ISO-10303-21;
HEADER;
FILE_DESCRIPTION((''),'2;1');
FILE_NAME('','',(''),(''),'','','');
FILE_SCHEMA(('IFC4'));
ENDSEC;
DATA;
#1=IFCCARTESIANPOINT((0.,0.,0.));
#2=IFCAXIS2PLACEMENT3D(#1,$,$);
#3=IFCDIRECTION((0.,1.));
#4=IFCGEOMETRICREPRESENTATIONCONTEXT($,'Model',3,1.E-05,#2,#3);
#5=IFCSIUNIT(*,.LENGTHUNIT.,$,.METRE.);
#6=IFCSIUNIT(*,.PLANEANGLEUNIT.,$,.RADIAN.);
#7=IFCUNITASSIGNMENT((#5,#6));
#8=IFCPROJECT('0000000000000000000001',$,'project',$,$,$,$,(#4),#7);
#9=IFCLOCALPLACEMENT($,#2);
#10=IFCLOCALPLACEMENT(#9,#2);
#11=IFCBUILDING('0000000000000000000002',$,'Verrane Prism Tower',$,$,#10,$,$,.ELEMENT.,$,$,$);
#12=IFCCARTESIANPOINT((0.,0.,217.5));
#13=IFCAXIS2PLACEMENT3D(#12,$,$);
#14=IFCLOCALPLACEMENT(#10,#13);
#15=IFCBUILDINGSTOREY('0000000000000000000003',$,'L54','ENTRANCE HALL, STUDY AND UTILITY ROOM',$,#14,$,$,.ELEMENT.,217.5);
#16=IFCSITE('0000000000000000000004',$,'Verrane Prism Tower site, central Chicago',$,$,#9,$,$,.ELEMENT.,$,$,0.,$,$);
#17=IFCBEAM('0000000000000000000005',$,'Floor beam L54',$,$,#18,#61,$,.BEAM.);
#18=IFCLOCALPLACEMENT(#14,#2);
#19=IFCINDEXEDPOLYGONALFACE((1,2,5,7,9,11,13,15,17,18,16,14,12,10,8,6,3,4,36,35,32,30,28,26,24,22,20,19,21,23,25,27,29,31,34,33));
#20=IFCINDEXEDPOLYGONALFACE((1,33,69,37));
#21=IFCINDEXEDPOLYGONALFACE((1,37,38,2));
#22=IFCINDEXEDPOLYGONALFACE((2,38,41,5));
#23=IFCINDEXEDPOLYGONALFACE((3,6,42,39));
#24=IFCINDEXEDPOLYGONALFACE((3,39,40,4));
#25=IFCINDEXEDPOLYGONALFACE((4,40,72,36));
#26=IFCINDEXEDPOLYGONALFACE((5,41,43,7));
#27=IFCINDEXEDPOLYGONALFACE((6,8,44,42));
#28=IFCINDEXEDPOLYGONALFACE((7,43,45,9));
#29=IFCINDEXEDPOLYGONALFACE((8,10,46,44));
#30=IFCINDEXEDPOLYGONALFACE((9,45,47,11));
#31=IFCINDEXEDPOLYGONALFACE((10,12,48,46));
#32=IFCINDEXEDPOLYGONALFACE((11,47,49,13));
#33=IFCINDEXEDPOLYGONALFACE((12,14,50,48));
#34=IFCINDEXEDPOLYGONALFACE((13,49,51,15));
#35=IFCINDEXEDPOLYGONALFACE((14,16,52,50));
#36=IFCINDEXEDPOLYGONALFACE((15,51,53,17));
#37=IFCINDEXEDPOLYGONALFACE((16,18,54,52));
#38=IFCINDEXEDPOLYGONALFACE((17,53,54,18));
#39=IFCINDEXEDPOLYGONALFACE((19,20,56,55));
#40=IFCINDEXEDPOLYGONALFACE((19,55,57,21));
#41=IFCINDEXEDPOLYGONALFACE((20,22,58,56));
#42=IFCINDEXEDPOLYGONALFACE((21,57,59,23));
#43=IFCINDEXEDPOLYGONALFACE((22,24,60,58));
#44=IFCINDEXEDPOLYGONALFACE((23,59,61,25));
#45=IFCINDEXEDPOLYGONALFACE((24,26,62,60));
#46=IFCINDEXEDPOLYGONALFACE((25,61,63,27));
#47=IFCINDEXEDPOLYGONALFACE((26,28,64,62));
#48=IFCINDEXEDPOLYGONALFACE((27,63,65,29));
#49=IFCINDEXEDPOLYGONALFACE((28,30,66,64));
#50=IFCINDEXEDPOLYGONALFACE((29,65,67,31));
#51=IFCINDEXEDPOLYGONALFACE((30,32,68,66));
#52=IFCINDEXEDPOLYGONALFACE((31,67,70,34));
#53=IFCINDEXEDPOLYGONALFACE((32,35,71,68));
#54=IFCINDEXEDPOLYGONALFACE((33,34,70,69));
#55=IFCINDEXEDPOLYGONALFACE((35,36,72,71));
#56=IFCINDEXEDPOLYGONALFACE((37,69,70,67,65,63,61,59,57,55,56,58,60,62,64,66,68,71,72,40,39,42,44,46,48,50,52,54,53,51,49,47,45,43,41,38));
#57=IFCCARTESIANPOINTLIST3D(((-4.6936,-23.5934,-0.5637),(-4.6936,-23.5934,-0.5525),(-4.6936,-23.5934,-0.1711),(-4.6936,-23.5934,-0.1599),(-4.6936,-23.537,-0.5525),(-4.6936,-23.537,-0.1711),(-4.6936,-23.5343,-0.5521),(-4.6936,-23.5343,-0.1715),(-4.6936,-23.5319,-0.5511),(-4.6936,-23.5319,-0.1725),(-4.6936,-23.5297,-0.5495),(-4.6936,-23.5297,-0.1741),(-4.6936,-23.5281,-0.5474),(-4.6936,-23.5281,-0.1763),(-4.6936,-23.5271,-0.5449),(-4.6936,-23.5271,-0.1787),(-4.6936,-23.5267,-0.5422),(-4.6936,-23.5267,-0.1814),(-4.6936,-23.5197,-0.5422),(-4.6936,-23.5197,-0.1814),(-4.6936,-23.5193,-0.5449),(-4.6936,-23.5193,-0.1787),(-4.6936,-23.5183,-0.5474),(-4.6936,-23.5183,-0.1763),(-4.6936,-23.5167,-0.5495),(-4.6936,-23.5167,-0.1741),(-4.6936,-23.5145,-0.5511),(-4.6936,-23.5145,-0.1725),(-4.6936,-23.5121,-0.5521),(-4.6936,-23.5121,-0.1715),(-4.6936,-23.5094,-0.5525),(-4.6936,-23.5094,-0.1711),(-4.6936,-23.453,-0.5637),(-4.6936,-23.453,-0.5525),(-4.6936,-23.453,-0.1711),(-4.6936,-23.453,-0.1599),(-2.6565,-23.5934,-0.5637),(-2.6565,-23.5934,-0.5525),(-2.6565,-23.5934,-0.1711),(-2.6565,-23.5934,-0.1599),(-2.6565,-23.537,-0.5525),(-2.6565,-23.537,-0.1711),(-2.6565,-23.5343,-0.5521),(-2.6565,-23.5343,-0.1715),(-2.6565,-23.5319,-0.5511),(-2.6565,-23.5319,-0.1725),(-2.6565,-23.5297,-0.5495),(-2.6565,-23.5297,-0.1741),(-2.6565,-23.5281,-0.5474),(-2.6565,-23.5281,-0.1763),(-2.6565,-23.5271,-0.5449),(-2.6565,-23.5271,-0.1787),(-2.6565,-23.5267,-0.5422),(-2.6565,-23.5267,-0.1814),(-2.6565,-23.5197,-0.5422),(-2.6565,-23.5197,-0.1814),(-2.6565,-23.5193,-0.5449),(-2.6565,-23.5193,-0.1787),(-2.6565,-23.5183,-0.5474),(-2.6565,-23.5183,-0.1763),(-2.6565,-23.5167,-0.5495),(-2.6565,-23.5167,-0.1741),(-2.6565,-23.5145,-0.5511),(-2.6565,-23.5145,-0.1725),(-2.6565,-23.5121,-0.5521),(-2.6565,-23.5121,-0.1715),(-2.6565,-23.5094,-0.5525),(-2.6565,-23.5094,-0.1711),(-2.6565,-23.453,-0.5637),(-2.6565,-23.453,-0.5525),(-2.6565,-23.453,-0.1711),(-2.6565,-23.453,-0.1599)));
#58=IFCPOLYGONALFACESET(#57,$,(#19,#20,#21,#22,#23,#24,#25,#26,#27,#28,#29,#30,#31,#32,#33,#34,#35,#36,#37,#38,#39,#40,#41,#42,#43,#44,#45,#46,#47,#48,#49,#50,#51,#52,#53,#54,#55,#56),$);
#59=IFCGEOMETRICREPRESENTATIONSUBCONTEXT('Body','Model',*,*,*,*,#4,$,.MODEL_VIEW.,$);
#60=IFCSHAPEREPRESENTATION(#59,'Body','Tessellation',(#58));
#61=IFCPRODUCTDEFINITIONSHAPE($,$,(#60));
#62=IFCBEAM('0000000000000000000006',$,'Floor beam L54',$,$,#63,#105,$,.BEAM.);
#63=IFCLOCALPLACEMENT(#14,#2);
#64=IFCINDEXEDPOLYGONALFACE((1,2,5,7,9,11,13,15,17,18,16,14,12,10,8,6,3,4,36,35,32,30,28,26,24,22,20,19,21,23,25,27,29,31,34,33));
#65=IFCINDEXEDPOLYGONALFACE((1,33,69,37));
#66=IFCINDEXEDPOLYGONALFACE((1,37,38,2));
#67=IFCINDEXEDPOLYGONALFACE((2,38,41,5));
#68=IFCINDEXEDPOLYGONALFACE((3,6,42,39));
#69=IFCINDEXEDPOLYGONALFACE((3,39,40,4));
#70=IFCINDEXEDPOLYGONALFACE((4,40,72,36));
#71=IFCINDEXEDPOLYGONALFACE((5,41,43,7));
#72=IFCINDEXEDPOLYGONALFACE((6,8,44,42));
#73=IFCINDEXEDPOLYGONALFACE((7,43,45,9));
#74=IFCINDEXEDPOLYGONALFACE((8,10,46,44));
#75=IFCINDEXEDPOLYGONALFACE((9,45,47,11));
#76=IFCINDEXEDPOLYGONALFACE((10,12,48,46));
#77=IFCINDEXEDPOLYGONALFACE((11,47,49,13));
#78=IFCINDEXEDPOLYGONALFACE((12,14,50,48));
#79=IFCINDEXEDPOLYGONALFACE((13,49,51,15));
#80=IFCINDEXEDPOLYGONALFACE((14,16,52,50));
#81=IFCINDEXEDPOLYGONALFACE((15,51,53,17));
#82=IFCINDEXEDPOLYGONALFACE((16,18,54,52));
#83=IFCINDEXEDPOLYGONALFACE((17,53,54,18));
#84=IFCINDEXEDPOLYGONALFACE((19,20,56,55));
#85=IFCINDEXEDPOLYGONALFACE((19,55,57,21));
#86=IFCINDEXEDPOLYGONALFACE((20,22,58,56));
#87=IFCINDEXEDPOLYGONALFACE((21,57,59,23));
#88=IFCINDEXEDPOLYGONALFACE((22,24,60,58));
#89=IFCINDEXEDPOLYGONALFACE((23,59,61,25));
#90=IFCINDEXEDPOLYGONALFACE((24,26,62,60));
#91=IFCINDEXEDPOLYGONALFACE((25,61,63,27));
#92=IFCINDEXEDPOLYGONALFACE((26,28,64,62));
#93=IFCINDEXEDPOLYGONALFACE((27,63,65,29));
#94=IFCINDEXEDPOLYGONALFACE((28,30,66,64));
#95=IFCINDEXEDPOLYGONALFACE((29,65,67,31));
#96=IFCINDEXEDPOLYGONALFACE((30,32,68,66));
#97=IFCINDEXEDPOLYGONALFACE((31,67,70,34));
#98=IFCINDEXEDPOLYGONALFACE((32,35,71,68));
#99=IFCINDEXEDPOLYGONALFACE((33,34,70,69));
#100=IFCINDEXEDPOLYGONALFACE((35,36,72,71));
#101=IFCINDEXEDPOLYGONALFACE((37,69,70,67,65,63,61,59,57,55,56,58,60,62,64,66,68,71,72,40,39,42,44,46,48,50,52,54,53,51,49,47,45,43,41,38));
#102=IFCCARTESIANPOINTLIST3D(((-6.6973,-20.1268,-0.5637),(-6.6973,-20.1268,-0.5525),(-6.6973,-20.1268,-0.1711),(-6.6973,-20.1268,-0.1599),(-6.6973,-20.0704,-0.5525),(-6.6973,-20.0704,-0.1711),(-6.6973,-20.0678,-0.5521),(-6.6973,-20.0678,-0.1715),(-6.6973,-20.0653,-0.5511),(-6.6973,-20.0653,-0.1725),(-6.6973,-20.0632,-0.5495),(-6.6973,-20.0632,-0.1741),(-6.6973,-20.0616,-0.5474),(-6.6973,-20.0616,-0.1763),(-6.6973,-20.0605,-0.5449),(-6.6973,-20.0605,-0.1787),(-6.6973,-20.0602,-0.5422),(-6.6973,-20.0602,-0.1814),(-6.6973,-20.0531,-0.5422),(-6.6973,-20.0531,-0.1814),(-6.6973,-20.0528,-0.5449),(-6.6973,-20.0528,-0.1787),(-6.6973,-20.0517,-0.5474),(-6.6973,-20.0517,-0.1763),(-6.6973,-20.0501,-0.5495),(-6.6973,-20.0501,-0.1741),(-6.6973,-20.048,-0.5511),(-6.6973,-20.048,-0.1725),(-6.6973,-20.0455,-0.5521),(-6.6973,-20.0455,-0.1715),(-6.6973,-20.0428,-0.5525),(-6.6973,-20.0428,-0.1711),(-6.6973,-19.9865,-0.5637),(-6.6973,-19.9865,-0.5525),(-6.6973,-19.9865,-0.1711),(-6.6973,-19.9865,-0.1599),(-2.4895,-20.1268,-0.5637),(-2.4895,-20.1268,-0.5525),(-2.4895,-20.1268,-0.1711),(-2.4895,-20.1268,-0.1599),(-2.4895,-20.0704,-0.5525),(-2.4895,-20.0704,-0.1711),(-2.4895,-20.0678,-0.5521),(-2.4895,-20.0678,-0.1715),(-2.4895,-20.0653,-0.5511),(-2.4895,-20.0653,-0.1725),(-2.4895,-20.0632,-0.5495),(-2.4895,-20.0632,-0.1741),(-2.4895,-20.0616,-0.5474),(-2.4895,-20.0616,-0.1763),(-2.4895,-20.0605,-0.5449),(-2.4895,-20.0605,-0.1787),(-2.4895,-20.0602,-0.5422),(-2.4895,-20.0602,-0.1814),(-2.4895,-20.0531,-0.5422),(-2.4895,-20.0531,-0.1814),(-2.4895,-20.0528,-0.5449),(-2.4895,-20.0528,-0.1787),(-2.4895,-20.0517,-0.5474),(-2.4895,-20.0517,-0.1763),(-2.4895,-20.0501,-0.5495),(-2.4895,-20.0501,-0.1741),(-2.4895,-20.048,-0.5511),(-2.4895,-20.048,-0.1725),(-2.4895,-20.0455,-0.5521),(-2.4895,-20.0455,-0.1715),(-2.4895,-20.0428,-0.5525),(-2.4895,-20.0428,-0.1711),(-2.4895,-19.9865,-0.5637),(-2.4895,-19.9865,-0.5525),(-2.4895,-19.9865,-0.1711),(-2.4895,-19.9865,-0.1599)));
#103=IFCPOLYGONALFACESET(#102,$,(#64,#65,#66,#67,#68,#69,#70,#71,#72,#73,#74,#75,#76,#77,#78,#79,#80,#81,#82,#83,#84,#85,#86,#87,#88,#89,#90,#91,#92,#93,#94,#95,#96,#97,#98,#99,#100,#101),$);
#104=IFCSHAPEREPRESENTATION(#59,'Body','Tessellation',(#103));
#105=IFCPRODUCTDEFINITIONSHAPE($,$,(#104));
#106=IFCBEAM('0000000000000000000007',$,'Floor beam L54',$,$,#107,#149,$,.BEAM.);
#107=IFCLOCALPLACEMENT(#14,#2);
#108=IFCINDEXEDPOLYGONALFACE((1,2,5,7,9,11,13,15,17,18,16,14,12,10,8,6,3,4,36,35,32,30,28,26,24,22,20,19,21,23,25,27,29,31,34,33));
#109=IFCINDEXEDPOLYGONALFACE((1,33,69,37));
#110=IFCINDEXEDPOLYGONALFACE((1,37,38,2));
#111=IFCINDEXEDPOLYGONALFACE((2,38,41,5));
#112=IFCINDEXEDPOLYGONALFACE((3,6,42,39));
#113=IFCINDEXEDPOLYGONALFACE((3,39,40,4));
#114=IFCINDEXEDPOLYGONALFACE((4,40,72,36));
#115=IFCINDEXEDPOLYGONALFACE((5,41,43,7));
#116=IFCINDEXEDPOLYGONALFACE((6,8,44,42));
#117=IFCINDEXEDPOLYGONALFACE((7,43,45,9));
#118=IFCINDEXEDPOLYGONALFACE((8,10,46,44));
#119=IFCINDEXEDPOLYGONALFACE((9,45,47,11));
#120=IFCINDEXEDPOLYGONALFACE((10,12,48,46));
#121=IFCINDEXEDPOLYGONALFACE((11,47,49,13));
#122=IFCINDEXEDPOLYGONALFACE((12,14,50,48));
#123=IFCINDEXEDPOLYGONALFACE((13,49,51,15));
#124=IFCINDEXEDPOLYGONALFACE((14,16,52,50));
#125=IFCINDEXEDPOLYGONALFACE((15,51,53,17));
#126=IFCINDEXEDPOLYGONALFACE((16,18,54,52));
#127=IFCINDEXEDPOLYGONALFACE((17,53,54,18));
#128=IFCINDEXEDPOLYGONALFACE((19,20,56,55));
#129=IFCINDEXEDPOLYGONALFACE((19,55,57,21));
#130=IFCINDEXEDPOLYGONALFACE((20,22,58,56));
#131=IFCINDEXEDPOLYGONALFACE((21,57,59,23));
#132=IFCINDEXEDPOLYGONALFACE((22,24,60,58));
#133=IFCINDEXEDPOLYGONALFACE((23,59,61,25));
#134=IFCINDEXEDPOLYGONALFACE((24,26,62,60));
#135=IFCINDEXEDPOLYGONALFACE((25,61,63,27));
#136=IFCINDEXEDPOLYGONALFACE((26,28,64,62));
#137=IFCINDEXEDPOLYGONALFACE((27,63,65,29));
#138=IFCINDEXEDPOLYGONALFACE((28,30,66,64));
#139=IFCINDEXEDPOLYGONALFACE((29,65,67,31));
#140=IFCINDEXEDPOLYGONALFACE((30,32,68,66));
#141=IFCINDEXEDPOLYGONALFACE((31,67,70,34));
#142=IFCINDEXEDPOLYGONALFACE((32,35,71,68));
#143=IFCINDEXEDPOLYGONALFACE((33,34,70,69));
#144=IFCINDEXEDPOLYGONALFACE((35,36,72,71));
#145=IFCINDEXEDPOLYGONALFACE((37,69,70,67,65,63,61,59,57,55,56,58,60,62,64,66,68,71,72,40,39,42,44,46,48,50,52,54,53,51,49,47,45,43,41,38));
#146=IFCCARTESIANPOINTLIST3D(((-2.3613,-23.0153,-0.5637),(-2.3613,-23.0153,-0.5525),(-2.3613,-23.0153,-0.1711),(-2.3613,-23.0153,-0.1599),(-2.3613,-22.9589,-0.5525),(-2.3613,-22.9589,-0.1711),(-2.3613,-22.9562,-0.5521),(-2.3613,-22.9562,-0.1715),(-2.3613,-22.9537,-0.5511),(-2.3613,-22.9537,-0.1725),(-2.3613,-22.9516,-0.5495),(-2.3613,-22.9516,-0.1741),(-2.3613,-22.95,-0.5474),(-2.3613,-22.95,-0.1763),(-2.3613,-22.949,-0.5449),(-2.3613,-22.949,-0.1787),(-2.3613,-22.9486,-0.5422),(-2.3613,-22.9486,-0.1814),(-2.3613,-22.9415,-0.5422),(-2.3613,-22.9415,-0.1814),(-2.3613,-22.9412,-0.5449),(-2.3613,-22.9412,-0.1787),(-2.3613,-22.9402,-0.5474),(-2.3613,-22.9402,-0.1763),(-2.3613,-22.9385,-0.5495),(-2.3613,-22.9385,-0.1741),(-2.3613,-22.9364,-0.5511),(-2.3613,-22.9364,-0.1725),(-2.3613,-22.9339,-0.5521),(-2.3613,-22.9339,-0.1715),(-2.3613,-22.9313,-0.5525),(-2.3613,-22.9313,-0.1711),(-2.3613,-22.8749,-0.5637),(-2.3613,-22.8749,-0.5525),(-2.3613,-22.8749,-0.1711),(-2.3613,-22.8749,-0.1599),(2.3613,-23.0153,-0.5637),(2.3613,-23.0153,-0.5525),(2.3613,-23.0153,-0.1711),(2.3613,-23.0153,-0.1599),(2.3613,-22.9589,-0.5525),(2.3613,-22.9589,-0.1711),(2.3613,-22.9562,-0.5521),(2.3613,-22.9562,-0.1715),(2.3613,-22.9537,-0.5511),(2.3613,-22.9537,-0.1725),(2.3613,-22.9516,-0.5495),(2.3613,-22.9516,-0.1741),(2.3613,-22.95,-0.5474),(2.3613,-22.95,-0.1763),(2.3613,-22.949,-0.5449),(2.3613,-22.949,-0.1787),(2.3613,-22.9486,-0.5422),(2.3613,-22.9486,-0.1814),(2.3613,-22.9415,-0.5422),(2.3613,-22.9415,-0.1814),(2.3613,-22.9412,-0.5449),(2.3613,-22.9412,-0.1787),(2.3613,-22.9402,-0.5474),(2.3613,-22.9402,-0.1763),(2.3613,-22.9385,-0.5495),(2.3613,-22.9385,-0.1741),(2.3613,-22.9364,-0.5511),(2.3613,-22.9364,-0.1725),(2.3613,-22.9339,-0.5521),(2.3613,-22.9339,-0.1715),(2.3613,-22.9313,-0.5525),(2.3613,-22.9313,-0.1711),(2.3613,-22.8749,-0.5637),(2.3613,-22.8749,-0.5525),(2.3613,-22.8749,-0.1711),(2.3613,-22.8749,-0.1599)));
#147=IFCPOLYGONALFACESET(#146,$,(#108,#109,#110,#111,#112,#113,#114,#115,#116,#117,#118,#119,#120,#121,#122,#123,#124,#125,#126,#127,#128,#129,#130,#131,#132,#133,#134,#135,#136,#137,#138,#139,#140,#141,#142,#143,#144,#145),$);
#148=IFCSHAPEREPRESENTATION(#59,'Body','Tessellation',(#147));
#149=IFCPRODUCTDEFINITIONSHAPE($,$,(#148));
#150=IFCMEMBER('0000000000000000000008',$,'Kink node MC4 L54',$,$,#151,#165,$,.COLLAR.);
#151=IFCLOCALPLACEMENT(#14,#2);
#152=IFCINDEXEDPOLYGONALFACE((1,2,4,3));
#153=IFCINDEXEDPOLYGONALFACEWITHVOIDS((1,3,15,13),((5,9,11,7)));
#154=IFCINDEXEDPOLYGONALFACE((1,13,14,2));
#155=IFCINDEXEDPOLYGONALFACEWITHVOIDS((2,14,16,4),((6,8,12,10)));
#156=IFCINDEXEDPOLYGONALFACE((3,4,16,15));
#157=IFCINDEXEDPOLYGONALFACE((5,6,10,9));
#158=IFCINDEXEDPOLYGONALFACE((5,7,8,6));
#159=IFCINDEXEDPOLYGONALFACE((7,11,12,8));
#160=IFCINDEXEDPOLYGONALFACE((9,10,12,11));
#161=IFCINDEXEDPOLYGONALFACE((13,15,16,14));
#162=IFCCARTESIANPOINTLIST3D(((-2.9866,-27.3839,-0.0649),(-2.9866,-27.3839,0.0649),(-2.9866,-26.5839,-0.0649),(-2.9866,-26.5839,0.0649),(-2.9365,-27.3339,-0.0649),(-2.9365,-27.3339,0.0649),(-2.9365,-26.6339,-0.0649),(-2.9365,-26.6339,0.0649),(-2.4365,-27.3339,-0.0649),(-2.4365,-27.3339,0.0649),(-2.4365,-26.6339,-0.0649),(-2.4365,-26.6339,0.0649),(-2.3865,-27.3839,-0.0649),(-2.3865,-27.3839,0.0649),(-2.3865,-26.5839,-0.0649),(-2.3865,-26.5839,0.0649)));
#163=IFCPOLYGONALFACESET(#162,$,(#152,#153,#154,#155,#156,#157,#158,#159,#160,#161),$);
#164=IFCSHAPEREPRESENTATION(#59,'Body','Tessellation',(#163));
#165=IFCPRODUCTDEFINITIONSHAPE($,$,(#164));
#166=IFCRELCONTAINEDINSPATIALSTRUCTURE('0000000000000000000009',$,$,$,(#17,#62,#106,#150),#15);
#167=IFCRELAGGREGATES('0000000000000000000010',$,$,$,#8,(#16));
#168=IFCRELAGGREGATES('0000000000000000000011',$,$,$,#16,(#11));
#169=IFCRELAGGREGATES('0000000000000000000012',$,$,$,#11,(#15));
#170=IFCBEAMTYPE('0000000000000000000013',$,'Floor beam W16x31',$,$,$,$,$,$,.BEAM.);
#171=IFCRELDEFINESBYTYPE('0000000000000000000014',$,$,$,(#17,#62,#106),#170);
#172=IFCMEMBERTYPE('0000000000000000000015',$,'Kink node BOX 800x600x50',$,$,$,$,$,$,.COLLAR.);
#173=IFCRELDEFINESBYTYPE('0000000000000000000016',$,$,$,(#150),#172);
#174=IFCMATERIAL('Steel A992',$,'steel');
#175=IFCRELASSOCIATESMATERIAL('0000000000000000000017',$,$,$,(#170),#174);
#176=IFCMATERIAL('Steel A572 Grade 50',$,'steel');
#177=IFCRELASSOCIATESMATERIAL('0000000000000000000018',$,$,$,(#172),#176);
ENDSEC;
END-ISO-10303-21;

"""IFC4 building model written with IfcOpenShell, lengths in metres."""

from ifc_helpers import new_model, si_unit, direction, frame, origin, origin_2d, place, context, subcontext, project, spatial, hollow_rectangle, i_section, extrude, material, material_profile, profile_set, type_object, element, save


model = new_model("IFC4")

# Units and contexts
model_context = context("Model", 3, precision=1e-05, world=origin(), true_north=direction((0.0, 1.0)))
body_context = subcontext(model_context, "Body", "Model", "MODEL_VIEW")
ifc_project = project(units=[si_unit("LENGTHUNIT", "METRE"), si_unit("PLANEANGLEUNIT", "RADIAN")], contexts=[model_context])

# Site, building, storey
site_placement = place(None, origin())
site = spatial("IfcSite", under=ifc_project, at=site_placement, Name="Verrane Prism Tower site, central Chicago", CompositionType="ELEMENT", RefElevation=0.0)
building_placement = place(site_placement, origin())
building = spatial("IfcBuilding", under=site, at=building_placement, Name="Verrane Prism Tower", CompositionType="ELEMENT")
storey_placement = place(building_placement, frame((0.0, 0.0, 217.5)))
storey = spatial("IfcBuildingStorey", under=building, at=storey_placement, Name="L54", Description="ENTRANCE HALL, STUDY AND UTILITY ROOM", CompositionType="ELEMENT", Elevation=217.5)

# Beams
ifc_material_1 = material(Name="Steel A992", Category="steel")
ifc_material_profile_1 = material_profile(ifc_material_1, i_section(OverallWidth=0.1404, OverallDepth=0.4038, WebThickness=0.0071, FlangeThickness=0.0112, FilletRadius=0.0103, at=origin_2d()), Name="W16x31")
ifc_profile_set_1 = profile_set([ifc_material_profile_1], Name="Steel A992")
beam_type_1 = type_object("IfcBeamType", Name="Floor beam W16x31", PredefinedType="BEAM", material=ifc_profile_set_1)
beam_1_placement = place(storey_placement, frame((-4.6936, -23.5232, -0.3618), z_axis=(1.0, 0.0, 0.0), x_axis=(0.0, 1.0, 0.0)))
element("IfcBeam", 1, at=beam_1_placement, inside=storey, type_object=beam_type_1, Name="Floor beam L54", PredefinedType="BEAM", context=body_context, shape_type="SweptSolid", body=[
    extrude(i_section(OverallWidth=0.1404, OverallDepth=0.4038, WebThickness=0.0071, FlangeThickness=0.0112, FilletRadius=0.0103, at=origin_2d()), origin(), (0.0, 0.0, 1.0), 2.0371),
])
beam_2_placement = place(storey_placement, frame((-6.6973, -20.0566, -0.3618), z_axis=(1.0, 0.0, 0.0), x_axis=(0.0, 1.0, 0.0)))
element("IfcBeam", 2, at=beam_2_placement, inside=storey, type_object=beam_type_1, Name="Floor beam L54", PredefinedType="BEAM", context=body_context, shape_type="SweptSolid", body=[
    extrude(i_section(OverallWidth=0.1404, OverallDepth=0.4038, WebThickness=0.0071, FlangeThickness=0.0112, FilletRadius=0.0103, at=origin_2d()), origin(), (0.0, 0.0, 1.0), 4.2078),
])
beam_3_placement = place(storey_placement, frame((-2.3613, -22.9451, -0.3618), z_axis=(1.0, 0.0, 0.0), x_axis=(0.0, 1.0, 0.0)))
element("IfcBeam", 3, at=beam_3_placement, inside=storey, type_object=beam_type_1, Name="Floor beam L54", PredefinedType="BEAM", context=body_context, shape_type="SweptSolid", body=[
    extrude(i_section(OverallWidth=0.1404, OverallDepth=0.4038, WebThickness=0.0071, FlangeThickness=0.0112, FilletRadius=0.0103, at=origin_2d()), origin(), (0.0, 0.0, 1.0), 4.7227),
])

# Member
ifc_material_2 = material(Name="Steel A572 Grade 50", Category="steel")
ifc_material_profile_2 = material_profile(ifc_material_2, hollow_rectangle(XDim=0.6001, YDim=0.8, WallThickness=0.05, at=origin_2d()), Name="BOX 800x600x50")
ifc_profile_set_2 = profile_set([ifc_material_profile_2], Name="Steel A572 Grade 50")
member_type_1 = type_object("IfcMemberType", Name="Kink node BOX 800x600x50", PredefinedType="COLLAR", material=ifc_profile_set_2)
member_1_placement = place(storey_placement, frame((-2.6865, -26.9839, -0.0649), z_axis=(0.0, 0.0, 1.0), x_axis=(-1.0, 0.0, 0.0)))
element("IfcMember", 4, at=member_1_placement, inside=storey, type_object=member_type_1, Name="Kink node MC4 L54", PredefinedType="COLLAR", context=body_context, shape_type="SweptSolid", body=[
    extrude(hollow_rectangle(XDim=0.6001, YDim=0.8, WallThickness=0.05, at=origin_2d()), origin(), (0.0, 0.0, 1.0), 0.1299),
])

save(model, "model.ifc")
